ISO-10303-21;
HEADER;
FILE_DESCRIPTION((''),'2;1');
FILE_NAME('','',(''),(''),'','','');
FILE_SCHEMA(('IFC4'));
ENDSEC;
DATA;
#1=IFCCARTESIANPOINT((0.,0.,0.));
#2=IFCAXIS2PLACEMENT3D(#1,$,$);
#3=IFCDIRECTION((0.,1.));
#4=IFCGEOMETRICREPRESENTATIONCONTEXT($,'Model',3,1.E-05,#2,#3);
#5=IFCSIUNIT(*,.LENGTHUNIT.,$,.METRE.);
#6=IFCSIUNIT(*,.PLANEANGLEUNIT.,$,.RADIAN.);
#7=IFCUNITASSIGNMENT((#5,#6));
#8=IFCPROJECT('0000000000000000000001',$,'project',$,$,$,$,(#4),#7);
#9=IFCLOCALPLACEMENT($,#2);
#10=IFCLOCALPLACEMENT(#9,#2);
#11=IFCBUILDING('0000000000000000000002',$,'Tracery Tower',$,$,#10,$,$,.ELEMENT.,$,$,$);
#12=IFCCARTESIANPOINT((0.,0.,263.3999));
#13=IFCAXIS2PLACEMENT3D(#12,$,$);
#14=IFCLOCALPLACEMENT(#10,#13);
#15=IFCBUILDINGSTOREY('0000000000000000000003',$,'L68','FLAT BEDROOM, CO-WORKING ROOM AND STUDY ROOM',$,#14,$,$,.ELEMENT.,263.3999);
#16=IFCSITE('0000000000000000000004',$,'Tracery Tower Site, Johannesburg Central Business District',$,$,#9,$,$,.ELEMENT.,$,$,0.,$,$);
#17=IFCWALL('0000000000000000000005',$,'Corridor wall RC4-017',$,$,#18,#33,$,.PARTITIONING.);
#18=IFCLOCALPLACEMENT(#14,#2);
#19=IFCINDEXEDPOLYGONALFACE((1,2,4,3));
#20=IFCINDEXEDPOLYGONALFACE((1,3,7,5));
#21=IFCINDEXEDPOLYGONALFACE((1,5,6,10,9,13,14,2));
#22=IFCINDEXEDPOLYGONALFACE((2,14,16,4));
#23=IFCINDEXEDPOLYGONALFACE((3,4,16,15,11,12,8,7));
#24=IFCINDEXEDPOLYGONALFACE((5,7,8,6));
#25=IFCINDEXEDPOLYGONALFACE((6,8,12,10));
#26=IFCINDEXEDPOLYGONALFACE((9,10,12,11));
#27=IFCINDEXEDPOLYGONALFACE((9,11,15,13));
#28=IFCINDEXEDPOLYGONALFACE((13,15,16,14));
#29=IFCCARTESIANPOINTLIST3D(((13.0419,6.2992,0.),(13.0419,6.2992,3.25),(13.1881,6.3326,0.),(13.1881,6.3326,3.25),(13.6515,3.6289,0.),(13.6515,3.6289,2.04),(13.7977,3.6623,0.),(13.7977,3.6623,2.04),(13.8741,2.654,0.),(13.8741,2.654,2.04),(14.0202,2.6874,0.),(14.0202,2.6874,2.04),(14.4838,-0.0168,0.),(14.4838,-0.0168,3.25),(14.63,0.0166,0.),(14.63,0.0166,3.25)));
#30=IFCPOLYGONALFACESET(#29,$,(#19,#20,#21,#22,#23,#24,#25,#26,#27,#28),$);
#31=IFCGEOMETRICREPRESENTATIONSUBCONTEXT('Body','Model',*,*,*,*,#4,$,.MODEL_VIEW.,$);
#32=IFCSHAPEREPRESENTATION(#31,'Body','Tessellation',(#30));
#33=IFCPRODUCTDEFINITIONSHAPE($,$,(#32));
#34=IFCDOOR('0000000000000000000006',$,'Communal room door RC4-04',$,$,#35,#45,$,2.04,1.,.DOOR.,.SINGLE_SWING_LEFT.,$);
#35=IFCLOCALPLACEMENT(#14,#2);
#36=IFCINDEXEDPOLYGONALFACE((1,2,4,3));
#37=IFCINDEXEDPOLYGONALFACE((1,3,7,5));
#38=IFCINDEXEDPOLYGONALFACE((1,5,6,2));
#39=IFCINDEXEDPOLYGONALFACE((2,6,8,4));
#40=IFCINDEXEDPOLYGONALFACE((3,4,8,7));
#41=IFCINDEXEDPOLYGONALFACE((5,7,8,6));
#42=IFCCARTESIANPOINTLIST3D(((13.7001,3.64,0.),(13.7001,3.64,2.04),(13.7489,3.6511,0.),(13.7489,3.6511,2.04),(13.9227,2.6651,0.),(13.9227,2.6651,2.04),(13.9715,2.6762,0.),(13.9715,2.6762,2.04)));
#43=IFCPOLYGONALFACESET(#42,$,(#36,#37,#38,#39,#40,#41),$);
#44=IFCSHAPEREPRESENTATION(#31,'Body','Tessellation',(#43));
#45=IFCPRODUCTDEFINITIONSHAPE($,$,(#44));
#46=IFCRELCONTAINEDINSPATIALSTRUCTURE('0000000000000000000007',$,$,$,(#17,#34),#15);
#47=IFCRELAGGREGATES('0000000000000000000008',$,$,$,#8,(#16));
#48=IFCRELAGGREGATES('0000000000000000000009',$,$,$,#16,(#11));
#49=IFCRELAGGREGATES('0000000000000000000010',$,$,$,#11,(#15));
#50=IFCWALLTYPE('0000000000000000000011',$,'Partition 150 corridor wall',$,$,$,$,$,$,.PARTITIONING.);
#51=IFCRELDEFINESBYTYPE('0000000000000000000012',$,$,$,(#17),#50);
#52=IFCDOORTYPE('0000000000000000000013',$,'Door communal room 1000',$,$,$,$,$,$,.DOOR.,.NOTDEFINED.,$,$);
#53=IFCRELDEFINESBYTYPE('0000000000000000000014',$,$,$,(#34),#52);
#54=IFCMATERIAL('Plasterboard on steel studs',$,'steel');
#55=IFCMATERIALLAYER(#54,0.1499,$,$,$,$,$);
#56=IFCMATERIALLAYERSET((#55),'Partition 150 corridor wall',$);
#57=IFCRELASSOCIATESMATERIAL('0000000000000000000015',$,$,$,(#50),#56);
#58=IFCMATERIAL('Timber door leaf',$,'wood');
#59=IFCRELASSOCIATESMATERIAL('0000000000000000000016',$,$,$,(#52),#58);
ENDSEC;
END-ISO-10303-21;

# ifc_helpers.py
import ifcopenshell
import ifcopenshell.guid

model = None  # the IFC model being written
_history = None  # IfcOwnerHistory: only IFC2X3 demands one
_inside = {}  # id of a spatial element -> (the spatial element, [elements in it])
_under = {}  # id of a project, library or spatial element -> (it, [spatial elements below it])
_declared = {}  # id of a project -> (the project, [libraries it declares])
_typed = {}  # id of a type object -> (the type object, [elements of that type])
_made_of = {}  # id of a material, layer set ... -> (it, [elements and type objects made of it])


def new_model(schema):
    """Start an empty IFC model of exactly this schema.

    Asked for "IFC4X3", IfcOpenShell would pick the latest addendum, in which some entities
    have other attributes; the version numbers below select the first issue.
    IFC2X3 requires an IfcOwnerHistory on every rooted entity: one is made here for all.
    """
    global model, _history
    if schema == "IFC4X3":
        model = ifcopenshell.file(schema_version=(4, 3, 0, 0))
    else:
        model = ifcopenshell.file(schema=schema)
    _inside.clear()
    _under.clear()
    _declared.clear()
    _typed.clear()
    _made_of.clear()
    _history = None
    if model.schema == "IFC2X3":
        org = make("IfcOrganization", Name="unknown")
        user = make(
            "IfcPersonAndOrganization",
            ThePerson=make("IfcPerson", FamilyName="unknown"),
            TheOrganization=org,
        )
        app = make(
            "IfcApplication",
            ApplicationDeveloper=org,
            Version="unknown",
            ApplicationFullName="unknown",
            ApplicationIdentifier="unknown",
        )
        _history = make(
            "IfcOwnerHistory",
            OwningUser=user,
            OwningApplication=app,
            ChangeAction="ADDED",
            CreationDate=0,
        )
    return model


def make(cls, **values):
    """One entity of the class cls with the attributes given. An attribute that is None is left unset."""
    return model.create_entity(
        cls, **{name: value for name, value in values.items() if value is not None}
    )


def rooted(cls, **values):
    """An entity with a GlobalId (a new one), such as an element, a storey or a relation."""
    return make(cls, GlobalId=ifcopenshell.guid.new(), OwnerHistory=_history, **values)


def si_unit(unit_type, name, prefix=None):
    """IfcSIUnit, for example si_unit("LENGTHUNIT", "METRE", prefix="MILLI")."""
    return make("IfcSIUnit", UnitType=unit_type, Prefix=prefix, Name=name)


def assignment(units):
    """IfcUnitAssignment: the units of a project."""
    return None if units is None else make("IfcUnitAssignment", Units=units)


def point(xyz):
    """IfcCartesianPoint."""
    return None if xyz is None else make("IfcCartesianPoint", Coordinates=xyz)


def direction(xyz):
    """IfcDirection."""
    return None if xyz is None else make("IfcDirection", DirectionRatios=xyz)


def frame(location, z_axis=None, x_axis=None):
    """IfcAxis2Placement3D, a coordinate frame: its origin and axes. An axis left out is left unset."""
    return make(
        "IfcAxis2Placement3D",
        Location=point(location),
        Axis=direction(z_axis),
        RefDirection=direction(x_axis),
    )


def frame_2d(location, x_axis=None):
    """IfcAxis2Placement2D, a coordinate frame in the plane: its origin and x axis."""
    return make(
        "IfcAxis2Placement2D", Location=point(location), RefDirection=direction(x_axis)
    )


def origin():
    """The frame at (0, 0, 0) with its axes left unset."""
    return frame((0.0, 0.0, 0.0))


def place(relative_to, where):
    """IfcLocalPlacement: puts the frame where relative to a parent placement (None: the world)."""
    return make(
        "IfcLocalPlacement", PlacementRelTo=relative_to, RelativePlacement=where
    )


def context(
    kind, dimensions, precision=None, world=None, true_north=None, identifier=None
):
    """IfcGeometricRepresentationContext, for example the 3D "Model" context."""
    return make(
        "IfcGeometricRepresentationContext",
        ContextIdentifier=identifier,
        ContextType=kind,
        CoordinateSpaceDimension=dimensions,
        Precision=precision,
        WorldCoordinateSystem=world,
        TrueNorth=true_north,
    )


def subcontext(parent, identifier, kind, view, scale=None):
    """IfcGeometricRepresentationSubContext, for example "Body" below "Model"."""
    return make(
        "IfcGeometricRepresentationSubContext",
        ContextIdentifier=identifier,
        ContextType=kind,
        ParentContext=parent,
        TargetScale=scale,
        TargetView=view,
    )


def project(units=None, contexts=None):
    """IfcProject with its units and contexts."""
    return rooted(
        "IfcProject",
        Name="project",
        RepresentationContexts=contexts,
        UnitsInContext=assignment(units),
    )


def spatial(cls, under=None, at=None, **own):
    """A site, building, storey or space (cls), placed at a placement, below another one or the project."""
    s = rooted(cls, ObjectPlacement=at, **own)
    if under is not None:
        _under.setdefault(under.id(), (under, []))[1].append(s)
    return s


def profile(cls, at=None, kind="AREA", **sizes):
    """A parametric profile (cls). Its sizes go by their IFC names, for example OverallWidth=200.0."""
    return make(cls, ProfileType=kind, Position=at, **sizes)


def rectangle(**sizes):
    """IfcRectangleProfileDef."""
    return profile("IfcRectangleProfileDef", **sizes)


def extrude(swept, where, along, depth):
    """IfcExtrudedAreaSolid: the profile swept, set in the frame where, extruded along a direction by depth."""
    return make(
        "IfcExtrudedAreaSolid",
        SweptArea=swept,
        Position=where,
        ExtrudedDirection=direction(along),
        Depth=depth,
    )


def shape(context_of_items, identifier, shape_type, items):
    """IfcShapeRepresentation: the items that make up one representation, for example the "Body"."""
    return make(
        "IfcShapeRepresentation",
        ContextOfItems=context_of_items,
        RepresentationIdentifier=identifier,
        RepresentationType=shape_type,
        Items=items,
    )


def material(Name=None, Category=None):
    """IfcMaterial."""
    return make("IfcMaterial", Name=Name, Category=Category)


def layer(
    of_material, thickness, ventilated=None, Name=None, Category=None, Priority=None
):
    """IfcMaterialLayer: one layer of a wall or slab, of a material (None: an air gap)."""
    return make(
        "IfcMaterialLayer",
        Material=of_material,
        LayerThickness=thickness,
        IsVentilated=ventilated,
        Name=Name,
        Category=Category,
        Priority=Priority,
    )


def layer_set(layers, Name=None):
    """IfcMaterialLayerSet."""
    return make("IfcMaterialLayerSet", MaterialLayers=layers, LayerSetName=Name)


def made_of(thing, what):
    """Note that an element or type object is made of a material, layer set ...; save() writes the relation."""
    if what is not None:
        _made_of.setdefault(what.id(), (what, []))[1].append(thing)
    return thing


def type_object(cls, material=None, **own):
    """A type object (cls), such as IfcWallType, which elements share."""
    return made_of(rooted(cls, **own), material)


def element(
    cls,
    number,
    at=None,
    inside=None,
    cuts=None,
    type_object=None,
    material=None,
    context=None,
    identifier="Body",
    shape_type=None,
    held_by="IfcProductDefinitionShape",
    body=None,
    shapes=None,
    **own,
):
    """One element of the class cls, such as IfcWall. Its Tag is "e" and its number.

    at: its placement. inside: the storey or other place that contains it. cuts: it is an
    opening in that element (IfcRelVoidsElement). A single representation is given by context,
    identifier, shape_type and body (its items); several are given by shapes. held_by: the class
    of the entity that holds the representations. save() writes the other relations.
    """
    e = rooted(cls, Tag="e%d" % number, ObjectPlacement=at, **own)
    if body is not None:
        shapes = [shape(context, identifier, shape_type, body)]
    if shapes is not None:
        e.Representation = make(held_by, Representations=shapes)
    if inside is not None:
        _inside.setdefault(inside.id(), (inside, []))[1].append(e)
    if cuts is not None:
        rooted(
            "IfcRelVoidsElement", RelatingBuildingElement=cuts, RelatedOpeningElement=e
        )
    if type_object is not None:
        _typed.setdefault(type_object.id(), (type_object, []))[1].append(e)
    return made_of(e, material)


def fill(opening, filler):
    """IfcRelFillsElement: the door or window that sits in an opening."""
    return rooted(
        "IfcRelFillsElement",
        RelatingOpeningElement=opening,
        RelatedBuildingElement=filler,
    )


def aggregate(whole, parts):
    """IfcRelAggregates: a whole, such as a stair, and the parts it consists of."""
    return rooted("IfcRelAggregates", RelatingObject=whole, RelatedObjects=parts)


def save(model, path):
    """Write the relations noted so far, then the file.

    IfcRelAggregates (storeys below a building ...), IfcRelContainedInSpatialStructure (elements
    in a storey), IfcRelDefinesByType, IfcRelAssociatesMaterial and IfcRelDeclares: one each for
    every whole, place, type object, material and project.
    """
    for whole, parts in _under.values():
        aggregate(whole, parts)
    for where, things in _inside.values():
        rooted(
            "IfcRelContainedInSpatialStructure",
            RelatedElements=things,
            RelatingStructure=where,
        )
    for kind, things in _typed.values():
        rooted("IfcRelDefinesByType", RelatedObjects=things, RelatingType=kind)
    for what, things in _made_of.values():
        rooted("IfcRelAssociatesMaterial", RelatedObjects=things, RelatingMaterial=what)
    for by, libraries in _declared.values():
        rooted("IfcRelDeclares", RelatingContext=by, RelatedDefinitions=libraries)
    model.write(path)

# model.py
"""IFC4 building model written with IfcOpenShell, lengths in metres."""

from ifc_helpers import new_model, si_unit, direction, frame, frame_2d, origin, place, context, subcontext, project, spatial, rectangle, extrude, material, layer, layer_set, type_object, element, fill, save


model = new_model("IFC4")

# Units and contexts
model_context = context("Model", 3, precision=1e-05, world=origin(), true_north=direction((0.0, 1.0)))
body_context = subcontext(model_context, "Body", "Model", "MODEL_VIEW")
ifc_project = project(units=[si_unit("LENGTHUNIT", "METRE"), si_unit("PLANEANGLEUNIT", "RADIAN")], contexts=[model_context])

# Site, building, storey
site_placement = place(None, origin())
site = spatial("IfcSite", under=ifc_project, at=site_placement, Name="Tracery Tower Site, Johannesburg Central Business District", CompositionType="ELEMENT", RefElevation=0.0)
building_placement = place(site_placement, origin())
building = spatial("IfcBuilding", under=site, at=building_placement, Name="Tracery Tower", CompositionType="ELEMENT")
storey_placement = place(building_placement, frame((0.0, 0.0, 263.3999)))
storey = spatial("IfcBuildingStorey", under=building, at=storey_placement, Name="L68", Description="FLAT BEDROOM, CO-WORKING ROOM AND STUDY ROOM", CompositionType="ELEMENT", Elevation=263.3999)

# Shared definitions
ifc_material_1 = material(Name="Plasterboard on steel studs", Category="steel")
ifc_layer_1 = layer(ifc_material_1, 0.1499)
ifc_layer_set_1 = layer_set([ifc_layer_1], Name="Partition 150 corridor wall")
wall_type_1 = type_object("IfcWallType", Name="Partition 150 corridor wall", PredefinedType="PARTITIONING", material=ifc_layer_set_1)

# Wall, opening, door
wall_1_placement = place(storey_placement, frame((13.115, 6.3159, 0.0), z_axis=(0.0, 0.0, 1.0), x_axis=(0.222569, -0.974917, 0.0)))
wall_1 = element("IfcWall", 1, at=wall_1_placement, inside=storey, type_object=wall_type_1, Name="Corridor wall RC4-017", PredefinedType="PARTITIONING", context=body_context, shape_type="SweptSolid", body=[
    extrude(rectangle(XDim=6.4785, YDim=0.1499, at=frame_2d((3.2393, 0.0))), origin(), (0.0, 0.0, 1.0), 3.25),
])
opening_1_placement = place(wall_1_placement, frame((2.739, 0.0, 0.0)))
opening_1 = element("IfcOpeningElement", 2, at=opening_1_placement, cuts=wall_1, PredefinedType="OPENING", context=body_context, shape_type="SweptSolid", body=[
    extrude(rectangle(XDim=1.0, YDim=2.04, at=frame_2d((0.5, 1.02))), frame((0.0, 0.075, 0.0), z_axis=(0.0, -1.0, 0.0), x_axis=(1.0, 0.0, 0.0)), (0.0, 0.0, 1.0), 0.1499),
])
ifc_material_2 = material(Name="Timber door leaf", Category="wood")
door_type = type_object("IfcDoorType", Name="Door communal room 1000", OperationType="NOTDEFINED", PredefinedType="DOOR", material=ifc_material_2)
door_placement = place(opening_1_placement, origin())
door = element("IfcDoor", 3, at=door_placement, inside=storey, type_object=door_type, Name="Communal room door RC4-04", OperationType="SINGLE_SWING_LEFT", OverallHeight=2.04, OverallWidth=1.0, PredefinedType="DOOR", context=body_context, shape_type="SweptSolid", body=[
    extrude(rectangle(XDim=1.0, YDim=2.04, at=frame_2d((0.5, 1.02))), frame((0.0, 0.0249, 0.0), z_axis=(0.0, -1.0, 0.0), x_axis=(1.0, 0.0, 0.0)), (0.0, 0.0, 1.0), 0.05),
])
fill(opening_1, door)

save(model, "model.ifc")
